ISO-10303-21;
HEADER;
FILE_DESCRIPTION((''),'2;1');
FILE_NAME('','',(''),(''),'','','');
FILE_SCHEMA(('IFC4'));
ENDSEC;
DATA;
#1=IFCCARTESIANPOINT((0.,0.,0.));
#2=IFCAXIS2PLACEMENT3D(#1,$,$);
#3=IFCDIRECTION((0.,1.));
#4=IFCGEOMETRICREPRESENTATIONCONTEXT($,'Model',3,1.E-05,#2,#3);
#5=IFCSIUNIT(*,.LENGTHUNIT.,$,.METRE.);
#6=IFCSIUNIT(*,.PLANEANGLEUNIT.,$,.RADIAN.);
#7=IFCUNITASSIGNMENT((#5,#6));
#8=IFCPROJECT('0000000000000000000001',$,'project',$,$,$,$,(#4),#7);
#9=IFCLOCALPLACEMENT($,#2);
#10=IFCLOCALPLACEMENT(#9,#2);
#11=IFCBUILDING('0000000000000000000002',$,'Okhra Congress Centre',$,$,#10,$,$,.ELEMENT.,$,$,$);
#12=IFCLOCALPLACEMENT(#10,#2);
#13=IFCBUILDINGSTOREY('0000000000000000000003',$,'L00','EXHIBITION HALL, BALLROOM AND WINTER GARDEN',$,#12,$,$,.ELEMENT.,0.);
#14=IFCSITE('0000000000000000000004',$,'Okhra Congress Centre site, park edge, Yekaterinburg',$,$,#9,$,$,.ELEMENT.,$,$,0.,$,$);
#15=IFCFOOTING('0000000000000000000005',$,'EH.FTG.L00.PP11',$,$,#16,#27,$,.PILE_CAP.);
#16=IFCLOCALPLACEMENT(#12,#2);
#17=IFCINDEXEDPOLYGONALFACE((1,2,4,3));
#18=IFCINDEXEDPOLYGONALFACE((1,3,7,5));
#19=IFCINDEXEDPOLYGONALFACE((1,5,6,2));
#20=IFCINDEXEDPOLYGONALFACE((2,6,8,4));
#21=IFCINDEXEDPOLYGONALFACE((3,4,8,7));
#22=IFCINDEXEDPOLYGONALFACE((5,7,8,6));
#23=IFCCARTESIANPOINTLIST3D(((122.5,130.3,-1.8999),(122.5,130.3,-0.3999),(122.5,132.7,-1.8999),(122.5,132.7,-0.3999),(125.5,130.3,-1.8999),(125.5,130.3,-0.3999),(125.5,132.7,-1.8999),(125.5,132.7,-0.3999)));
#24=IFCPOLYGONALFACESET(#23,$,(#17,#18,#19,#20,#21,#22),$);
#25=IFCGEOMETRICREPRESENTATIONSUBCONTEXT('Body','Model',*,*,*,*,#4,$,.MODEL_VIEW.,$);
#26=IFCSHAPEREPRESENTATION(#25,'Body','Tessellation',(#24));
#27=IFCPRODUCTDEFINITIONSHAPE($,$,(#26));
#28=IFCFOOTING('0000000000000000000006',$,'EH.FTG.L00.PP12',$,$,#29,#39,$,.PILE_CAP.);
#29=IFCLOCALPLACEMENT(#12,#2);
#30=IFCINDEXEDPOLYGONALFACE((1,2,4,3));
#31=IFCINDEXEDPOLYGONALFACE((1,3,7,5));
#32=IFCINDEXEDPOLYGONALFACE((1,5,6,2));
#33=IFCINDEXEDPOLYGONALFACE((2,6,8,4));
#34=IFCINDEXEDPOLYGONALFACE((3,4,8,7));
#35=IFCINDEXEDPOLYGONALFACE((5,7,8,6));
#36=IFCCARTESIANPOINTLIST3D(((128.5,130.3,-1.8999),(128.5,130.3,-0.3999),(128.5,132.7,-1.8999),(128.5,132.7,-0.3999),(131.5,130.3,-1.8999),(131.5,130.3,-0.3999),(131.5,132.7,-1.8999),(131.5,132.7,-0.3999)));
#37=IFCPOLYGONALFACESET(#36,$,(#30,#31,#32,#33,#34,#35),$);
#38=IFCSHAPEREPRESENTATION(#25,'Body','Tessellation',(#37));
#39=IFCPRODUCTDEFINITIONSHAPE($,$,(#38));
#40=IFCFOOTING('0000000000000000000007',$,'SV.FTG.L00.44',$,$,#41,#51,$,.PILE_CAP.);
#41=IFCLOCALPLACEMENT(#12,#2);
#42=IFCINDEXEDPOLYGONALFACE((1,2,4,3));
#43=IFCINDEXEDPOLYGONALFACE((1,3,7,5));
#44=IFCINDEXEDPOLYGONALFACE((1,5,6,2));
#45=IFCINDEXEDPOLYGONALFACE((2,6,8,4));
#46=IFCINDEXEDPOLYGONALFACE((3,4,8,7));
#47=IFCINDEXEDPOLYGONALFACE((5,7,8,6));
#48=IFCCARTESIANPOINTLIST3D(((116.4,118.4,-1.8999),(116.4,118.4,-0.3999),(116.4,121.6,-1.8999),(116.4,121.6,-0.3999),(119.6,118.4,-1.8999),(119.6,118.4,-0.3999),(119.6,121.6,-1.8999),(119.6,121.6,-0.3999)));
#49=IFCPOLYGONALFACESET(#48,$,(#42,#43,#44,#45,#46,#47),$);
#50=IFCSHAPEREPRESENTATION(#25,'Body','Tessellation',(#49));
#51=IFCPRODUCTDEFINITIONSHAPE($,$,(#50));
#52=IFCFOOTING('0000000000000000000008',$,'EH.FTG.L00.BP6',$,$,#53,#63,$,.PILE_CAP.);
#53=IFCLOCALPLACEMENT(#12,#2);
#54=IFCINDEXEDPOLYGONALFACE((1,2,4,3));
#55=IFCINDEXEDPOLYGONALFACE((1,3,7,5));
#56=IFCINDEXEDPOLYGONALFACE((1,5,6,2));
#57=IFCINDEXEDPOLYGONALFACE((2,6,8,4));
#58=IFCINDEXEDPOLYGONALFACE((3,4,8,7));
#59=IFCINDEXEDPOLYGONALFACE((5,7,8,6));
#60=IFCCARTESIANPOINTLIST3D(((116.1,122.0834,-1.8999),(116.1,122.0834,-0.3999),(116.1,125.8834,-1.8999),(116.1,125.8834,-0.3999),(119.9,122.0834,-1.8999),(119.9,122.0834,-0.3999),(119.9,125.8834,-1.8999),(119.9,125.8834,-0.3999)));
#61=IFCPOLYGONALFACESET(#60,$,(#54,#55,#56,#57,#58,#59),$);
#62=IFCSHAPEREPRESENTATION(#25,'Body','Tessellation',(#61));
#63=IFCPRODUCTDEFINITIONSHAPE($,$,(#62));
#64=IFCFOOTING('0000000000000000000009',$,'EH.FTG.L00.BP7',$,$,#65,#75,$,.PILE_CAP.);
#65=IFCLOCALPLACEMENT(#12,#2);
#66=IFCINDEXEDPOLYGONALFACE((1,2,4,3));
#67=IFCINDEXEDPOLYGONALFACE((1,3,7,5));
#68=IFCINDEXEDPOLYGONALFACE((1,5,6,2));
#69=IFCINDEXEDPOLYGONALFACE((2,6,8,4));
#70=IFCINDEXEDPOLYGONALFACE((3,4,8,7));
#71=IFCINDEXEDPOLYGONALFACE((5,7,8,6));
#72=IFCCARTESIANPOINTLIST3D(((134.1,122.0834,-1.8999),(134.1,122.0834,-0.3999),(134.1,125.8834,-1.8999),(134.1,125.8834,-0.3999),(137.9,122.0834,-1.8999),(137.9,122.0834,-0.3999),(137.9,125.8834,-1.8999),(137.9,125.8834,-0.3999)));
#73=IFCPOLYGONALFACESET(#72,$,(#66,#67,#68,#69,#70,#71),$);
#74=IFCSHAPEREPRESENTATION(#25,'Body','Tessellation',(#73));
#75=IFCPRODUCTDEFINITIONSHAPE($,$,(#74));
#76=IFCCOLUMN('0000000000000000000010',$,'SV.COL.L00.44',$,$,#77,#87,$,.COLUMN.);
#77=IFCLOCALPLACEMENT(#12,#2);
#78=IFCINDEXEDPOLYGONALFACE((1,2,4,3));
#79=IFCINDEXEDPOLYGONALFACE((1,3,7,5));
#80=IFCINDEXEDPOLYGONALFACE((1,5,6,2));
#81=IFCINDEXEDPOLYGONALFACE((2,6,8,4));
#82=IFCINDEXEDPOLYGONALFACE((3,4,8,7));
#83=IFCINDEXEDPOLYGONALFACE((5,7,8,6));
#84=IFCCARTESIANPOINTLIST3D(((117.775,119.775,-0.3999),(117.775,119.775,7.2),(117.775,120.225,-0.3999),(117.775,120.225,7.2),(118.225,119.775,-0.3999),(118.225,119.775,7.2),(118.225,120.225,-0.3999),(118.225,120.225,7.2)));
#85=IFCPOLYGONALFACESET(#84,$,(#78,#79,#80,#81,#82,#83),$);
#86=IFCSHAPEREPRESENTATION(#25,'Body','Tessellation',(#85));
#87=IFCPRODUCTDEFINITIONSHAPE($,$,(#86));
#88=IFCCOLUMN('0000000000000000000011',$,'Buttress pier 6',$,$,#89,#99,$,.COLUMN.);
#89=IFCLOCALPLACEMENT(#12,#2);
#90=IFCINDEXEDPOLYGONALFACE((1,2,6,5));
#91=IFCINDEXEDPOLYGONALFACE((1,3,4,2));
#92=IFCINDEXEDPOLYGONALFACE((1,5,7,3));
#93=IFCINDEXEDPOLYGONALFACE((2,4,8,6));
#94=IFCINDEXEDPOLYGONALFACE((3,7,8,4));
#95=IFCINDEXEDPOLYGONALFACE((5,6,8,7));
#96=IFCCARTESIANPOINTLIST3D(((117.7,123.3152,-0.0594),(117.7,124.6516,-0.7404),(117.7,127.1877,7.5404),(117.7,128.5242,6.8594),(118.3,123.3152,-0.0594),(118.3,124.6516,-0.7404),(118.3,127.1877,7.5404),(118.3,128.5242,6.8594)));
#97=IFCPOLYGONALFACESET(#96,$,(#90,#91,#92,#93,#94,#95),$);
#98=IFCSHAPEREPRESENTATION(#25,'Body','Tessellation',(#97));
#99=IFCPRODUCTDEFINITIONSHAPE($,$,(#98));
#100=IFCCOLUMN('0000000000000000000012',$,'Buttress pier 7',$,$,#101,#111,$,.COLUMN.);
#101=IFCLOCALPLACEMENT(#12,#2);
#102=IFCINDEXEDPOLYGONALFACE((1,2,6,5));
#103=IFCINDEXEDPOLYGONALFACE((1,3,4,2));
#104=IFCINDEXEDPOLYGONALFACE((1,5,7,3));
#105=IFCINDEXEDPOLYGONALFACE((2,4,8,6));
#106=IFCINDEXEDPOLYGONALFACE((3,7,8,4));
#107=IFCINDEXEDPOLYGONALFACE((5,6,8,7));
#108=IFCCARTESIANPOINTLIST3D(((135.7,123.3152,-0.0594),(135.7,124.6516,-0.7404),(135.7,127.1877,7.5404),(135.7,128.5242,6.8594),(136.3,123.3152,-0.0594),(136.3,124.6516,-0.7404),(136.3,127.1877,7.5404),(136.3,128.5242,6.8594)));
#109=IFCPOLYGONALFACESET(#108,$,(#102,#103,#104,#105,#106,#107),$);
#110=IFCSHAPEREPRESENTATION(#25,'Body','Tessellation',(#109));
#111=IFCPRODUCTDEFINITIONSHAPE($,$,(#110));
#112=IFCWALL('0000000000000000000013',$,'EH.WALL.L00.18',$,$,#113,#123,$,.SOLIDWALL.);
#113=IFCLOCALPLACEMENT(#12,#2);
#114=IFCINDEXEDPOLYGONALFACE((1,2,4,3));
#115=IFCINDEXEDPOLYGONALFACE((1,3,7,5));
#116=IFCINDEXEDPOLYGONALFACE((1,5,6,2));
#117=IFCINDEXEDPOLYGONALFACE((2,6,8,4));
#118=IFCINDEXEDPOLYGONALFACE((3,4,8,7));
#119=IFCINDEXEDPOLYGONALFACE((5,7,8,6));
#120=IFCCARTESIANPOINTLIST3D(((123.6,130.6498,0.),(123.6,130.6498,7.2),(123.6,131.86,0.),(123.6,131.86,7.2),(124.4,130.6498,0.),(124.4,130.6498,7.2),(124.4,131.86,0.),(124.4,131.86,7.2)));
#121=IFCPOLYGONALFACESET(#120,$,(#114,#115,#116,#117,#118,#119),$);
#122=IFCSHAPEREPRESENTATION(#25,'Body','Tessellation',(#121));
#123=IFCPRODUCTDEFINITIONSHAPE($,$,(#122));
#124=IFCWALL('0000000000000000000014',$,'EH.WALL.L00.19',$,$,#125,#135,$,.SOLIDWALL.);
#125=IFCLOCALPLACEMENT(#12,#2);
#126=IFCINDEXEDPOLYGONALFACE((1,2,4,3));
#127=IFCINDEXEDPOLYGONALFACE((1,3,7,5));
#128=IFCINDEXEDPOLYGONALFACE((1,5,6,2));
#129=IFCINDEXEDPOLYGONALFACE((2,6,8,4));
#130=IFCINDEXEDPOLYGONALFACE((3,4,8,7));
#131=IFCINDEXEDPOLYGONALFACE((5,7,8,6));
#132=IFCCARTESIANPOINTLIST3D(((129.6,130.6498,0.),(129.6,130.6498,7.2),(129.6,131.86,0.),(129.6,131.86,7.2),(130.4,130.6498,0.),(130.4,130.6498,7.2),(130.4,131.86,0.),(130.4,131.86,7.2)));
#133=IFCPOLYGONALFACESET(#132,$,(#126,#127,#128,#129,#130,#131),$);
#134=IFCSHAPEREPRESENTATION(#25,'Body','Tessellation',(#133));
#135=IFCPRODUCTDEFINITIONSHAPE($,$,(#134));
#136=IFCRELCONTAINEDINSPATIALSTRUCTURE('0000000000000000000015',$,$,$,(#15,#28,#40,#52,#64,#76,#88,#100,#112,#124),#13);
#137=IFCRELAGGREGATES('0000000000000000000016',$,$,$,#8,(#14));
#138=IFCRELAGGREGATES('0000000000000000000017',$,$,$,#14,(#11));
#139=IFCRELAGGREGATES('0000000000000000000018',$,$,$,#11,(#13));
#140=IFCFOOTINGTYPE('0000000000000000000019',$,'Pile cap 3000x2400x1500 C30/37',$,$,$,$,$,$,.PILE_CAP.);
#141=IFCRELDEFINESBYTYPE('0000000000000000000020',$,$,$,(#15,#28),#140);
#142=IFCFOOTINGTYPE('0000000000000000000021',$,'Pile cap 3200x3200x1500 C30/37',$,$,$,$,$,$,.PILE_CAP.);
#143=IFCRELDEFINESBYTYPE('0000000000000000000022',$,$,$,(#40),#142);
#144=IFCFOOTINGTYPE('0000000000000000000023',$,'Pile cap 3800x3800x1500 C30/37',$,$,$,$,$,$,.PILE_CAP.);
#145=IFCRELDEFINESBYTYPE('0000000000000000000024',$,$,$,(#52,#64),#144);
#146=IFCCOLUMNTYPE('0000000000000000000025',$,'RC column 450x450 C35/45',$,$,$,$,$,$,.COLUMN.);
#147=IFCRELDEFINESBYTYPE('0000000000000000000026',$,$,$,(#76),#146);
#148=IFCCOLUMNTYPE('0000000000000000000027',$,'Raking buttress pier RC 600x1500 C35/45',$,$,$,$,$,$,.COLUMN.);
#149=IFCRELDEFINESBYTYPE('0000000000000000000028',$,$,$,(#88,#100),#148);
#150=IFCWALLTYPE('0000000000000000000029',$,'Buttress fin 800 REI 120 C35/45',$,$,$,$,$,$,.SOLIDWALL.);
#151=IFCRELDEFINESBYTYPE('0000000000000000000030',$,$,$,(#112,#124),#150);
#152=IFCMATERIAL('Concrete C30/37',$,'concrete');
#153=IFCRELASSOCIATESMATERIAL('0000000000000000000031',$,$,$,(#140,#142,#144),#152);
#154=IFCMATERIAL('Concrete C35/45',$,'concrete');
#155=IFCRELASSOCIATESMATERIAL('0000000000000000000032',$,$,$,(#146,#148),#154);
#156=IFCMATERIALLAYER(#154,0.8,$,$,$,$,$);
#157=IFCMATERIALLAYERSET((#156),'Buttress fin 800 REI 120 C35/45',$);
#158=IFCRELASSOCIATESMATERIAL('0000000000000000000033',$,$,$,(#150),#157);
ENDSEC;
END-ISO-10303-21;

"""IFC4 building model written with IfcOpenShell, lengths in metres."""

from ifc_helpers import new_model, si_unit, direction, frame, frame_2d, origin, origin_2d, place, context, subcontext, project, spatial, rectangle, extrude, material, layer, layer_set, material_profile, profile_set, type_object, element, save


model = new_model("IFC4")

# Units and contexts
model_context = context("Model", 3, precision=1e-05, world=origin(), true_north=direction((0.0, 1.0)))
body_context = subcontext(model_context, "Body", "Model", "MODEL_VIEW")
ifc_project = project(units=[si_unit("LENGTHUNIT", "METRE"), si_unit("PLANEANGLEUNIT", "RADIAN")], contexts=[model_context])

# Site, building, storey
site_placement = place(None, origin())
site = spatial("IfcSite", under=ifc_project, at=site_placement, Name="Okhra Congress Centre site, park edge, Yekaterinburg", CompositionType="ELEMENT", RefElevation=0.0)
building_placement = place(site_placement, origin())
building = spatial("IfcBuilding", under=site, at=building_placement, Name="Okhra Congress Centre", CompositionType="ELEMENT")
storey_placement = place(building_placement, origin())
storey = spatial("IfcBuildingStorey", under=building, at=storey_placement, Name="L00", Description="EXHIBITION HALL, BALLROOM AND WINTER GARDEN", CompositionType="ELEMENT", Elevation=0.0)

# Shared definitions
ifc_material_1 = material(Name="Concrete C30/37", Category="concrete")

# Footings
footing_type_1 = type_object("IfcFootingType", Name="Pile cap 3000x2400x1500 C30/37", PredefinedType="PILE_CAP", material=ifc_material_1)
for number, where, z_axis, x_axis, name in (
    (1, (124.0, 131.5, -1.8999), (0.0, 0.0, 1.0), (1.0, 0.0, 0.0), "EH.FTG.L00.PP11"),
    (2, (130.0, 131.5, -1.8999), (0.0, 0.0, 1.0), (1.0, 0.0, 0.0), "EH.FTG.L00.PP12"),
):
    element("IfcFooting", number, at=place(storey_placement, frame(where, z_axis=z_axis, x_axis=x_axis)), inside=storey, type_object=footing_type_1, Name=name, PredefinedType="PILE_CAP", context=body_context, shape_type="SweptSolid", body=[
        extrude(rectangle(XDim=3.0, YDim=2.3999, at=origin_2d()), origin(), (0.0, 0.0, 1.0), 1.5),
    ])
footing_type_2 = type_object("IfcFootingType", Name="Pile cap 3200x3200x1500 C30/37", PredefinedType="PILE_CAP", material=ifc_material_1)
footing_placement = place(storey_placement, frame((118.0, 120.0, -1.8999), z_axis=(0.0, 0.0, 1.0), x_axis=(1.0, 0.0, 0.0)))
element("IfcFooting", 3, at=footing_placement, inside=storey, type_object=footing_type_2, Name="SV.FTG.L00.44", PredefinedType="PILE_CAP", context=body_context, shape_type="SweptSolid", body=[
    extrude(rectangle(XDim=3.2, YDim=3.2, at=origin_2d()), origin(), (0.0, 0.0, 1.0), 1.5),
])
footing_type_3 = type_object("IfcFootingType", Name="Pile cap 3800x3800x1500 C30/37", PredefinedType="PILE_CAP", material=ifc_material_1)
for number, where, z_axis, x_axis, name in (
    (4, (118.0, 123.9834, -1.8999), (0.0, 0.0, 1.0), (1.0, 0.0, 0.0), "EH.FTG.L00.BP6"),
    (5, (136.0, 123.9834, -1.8999), (0.0, 0.0, 1.0), (1.0, 0.0, 0.0), "EH.FTG.L00.BP7"),
):
    element("IfcFooting", number, at=place(storey_placement, frame(where, z_axis=z_axis, x_axis=x_axis)), inside=storey, type_object=footing_type_3, Name=name, PredefinedType="PILE_CAP", context=body_context, shape_type="SweptSolid", body=[
        extrude(rectangle(XDim=3.8, YDim=3.8, at=origin_2d()), origin(), (0.0, 0.0, 1.0), 1.5),
    ])

# Columns
ifc_material_2 = material(Name="Concrete C35/45", Category="concrete")
ifc_material_profile_1 = material_profile(ifc_material_2, rectangle(XDim=0.45, YDim=0.45, at=origin_2d()), Name="RC 450x450")
ifc_profile_set_1 = profile_set([ifc_material_profile_1], Name="Concrete C35/45")
column_type_1 = type_object("IfcColumnType", Name="RC column 450x450 C35/45", PredefinedType="COLUMN", material=ifc_profile_set_1)
column_placement = place(storey_placement, frame((118.0, 120.0, -0.3999), z_axis=(0.0, 0.0, 1.0), x_axis=(1.0, 0.0, 0.0)))
element("IfcColumn", 6, at=column_placement, inside=storey, type_object=column_type_1, Name="SV.COL.L00.44", PredefinedType="COLUMN", context=body_context, shape_type="SweptSolid", body=[
    extrude(rectangle(XDim=0.45, YDim=0.45, at=origin_2d()), origin(), (0.0, 0.0, 1.0), 7.5999),
])
ifc_material_profile_2 = material_profile(ifc_material_2, rectangle(XDim=0.6001, YDim=1.5, at=origin_2d()), Name="RC 600x1500")
ifc_profile_set_2 = profile_set([ifc_material_profile_2], Name="Concrete C35/45")
column_type_2 = type_object("IfcColumnType", Name="Raking buttress pier RC 600x1500 C35/45", PredefinedType="COLUMN", material=ifc_profile_set_2)
for number, where, z_axis, x_axis, name in (
    (7, (118.0, 123.9834, -0.3999), (0.0, 0.454013, 0.890995), (-1.0, 0.0, 0.0), "Buttress pier 6"),
    (8, (136.0, 123.9834, -0.3999), (0.0, 0.454013, 0.890995), (-1.0, 0.0, 0.0), "Buttress pier 7"),
):
    element("IfcColumn", number, at=place(storey_placement, frame(where, z_axis=z_axis, x_axis=x_axis)), inside=storey, type_object=column_type_2, Name=name, PredefinedType="COLUMN", context=body_context, shape_type="SweptSolid", body=[
        extrude(rectangle(XDim=0.6001, YDim=1.5, at=origin_2d()), origin(), (0.0, 0.0, 1.0), 8.5295),
    ])

# Walls
ifc_layer = layer(ifc_material_2, 0.8)
ifc_layer_set = layer_set([ifc_layer], Name="Buttress fin 800 REI 120 C35/45")
wall_type = type_object("IfcWallType", Name="Buttress fin 800 REI 120 C35/45", PredefinedType="SOLIDWALL", material=ifc_layer_set)
for number, where, z_axis, x_axis, name in (
    (9, (124.0, 130.6499, 0.0), (0.0, 0.0, 1.0), (0.0, 1.0, 0.0), "EH.WALL.L00.18"),
    (10, (130.0, 130.6499, 0.0), (0.0, 0.0, 1.0), (0.0, 1.0, 0.0), "EH.WALL.L00.19"),
):
    element("IfcWall", number, at=place(storey_placement, frame(where, z_axis=z_axis, x_axis=x_axis)), inside=storey, type_object=wall_type, Name=name, PredefinedType="SOLIDWALL", context=body_context, shape_type="SweptSolid", body=[
        extrude(rectangle(XDim=1.2102, YDim=0.8, at=frame_2d((0.605, 0.0))), origin(), (0.0, 0.0, 1.0), 7.2),
    ])

save(model, "model.ifc")
